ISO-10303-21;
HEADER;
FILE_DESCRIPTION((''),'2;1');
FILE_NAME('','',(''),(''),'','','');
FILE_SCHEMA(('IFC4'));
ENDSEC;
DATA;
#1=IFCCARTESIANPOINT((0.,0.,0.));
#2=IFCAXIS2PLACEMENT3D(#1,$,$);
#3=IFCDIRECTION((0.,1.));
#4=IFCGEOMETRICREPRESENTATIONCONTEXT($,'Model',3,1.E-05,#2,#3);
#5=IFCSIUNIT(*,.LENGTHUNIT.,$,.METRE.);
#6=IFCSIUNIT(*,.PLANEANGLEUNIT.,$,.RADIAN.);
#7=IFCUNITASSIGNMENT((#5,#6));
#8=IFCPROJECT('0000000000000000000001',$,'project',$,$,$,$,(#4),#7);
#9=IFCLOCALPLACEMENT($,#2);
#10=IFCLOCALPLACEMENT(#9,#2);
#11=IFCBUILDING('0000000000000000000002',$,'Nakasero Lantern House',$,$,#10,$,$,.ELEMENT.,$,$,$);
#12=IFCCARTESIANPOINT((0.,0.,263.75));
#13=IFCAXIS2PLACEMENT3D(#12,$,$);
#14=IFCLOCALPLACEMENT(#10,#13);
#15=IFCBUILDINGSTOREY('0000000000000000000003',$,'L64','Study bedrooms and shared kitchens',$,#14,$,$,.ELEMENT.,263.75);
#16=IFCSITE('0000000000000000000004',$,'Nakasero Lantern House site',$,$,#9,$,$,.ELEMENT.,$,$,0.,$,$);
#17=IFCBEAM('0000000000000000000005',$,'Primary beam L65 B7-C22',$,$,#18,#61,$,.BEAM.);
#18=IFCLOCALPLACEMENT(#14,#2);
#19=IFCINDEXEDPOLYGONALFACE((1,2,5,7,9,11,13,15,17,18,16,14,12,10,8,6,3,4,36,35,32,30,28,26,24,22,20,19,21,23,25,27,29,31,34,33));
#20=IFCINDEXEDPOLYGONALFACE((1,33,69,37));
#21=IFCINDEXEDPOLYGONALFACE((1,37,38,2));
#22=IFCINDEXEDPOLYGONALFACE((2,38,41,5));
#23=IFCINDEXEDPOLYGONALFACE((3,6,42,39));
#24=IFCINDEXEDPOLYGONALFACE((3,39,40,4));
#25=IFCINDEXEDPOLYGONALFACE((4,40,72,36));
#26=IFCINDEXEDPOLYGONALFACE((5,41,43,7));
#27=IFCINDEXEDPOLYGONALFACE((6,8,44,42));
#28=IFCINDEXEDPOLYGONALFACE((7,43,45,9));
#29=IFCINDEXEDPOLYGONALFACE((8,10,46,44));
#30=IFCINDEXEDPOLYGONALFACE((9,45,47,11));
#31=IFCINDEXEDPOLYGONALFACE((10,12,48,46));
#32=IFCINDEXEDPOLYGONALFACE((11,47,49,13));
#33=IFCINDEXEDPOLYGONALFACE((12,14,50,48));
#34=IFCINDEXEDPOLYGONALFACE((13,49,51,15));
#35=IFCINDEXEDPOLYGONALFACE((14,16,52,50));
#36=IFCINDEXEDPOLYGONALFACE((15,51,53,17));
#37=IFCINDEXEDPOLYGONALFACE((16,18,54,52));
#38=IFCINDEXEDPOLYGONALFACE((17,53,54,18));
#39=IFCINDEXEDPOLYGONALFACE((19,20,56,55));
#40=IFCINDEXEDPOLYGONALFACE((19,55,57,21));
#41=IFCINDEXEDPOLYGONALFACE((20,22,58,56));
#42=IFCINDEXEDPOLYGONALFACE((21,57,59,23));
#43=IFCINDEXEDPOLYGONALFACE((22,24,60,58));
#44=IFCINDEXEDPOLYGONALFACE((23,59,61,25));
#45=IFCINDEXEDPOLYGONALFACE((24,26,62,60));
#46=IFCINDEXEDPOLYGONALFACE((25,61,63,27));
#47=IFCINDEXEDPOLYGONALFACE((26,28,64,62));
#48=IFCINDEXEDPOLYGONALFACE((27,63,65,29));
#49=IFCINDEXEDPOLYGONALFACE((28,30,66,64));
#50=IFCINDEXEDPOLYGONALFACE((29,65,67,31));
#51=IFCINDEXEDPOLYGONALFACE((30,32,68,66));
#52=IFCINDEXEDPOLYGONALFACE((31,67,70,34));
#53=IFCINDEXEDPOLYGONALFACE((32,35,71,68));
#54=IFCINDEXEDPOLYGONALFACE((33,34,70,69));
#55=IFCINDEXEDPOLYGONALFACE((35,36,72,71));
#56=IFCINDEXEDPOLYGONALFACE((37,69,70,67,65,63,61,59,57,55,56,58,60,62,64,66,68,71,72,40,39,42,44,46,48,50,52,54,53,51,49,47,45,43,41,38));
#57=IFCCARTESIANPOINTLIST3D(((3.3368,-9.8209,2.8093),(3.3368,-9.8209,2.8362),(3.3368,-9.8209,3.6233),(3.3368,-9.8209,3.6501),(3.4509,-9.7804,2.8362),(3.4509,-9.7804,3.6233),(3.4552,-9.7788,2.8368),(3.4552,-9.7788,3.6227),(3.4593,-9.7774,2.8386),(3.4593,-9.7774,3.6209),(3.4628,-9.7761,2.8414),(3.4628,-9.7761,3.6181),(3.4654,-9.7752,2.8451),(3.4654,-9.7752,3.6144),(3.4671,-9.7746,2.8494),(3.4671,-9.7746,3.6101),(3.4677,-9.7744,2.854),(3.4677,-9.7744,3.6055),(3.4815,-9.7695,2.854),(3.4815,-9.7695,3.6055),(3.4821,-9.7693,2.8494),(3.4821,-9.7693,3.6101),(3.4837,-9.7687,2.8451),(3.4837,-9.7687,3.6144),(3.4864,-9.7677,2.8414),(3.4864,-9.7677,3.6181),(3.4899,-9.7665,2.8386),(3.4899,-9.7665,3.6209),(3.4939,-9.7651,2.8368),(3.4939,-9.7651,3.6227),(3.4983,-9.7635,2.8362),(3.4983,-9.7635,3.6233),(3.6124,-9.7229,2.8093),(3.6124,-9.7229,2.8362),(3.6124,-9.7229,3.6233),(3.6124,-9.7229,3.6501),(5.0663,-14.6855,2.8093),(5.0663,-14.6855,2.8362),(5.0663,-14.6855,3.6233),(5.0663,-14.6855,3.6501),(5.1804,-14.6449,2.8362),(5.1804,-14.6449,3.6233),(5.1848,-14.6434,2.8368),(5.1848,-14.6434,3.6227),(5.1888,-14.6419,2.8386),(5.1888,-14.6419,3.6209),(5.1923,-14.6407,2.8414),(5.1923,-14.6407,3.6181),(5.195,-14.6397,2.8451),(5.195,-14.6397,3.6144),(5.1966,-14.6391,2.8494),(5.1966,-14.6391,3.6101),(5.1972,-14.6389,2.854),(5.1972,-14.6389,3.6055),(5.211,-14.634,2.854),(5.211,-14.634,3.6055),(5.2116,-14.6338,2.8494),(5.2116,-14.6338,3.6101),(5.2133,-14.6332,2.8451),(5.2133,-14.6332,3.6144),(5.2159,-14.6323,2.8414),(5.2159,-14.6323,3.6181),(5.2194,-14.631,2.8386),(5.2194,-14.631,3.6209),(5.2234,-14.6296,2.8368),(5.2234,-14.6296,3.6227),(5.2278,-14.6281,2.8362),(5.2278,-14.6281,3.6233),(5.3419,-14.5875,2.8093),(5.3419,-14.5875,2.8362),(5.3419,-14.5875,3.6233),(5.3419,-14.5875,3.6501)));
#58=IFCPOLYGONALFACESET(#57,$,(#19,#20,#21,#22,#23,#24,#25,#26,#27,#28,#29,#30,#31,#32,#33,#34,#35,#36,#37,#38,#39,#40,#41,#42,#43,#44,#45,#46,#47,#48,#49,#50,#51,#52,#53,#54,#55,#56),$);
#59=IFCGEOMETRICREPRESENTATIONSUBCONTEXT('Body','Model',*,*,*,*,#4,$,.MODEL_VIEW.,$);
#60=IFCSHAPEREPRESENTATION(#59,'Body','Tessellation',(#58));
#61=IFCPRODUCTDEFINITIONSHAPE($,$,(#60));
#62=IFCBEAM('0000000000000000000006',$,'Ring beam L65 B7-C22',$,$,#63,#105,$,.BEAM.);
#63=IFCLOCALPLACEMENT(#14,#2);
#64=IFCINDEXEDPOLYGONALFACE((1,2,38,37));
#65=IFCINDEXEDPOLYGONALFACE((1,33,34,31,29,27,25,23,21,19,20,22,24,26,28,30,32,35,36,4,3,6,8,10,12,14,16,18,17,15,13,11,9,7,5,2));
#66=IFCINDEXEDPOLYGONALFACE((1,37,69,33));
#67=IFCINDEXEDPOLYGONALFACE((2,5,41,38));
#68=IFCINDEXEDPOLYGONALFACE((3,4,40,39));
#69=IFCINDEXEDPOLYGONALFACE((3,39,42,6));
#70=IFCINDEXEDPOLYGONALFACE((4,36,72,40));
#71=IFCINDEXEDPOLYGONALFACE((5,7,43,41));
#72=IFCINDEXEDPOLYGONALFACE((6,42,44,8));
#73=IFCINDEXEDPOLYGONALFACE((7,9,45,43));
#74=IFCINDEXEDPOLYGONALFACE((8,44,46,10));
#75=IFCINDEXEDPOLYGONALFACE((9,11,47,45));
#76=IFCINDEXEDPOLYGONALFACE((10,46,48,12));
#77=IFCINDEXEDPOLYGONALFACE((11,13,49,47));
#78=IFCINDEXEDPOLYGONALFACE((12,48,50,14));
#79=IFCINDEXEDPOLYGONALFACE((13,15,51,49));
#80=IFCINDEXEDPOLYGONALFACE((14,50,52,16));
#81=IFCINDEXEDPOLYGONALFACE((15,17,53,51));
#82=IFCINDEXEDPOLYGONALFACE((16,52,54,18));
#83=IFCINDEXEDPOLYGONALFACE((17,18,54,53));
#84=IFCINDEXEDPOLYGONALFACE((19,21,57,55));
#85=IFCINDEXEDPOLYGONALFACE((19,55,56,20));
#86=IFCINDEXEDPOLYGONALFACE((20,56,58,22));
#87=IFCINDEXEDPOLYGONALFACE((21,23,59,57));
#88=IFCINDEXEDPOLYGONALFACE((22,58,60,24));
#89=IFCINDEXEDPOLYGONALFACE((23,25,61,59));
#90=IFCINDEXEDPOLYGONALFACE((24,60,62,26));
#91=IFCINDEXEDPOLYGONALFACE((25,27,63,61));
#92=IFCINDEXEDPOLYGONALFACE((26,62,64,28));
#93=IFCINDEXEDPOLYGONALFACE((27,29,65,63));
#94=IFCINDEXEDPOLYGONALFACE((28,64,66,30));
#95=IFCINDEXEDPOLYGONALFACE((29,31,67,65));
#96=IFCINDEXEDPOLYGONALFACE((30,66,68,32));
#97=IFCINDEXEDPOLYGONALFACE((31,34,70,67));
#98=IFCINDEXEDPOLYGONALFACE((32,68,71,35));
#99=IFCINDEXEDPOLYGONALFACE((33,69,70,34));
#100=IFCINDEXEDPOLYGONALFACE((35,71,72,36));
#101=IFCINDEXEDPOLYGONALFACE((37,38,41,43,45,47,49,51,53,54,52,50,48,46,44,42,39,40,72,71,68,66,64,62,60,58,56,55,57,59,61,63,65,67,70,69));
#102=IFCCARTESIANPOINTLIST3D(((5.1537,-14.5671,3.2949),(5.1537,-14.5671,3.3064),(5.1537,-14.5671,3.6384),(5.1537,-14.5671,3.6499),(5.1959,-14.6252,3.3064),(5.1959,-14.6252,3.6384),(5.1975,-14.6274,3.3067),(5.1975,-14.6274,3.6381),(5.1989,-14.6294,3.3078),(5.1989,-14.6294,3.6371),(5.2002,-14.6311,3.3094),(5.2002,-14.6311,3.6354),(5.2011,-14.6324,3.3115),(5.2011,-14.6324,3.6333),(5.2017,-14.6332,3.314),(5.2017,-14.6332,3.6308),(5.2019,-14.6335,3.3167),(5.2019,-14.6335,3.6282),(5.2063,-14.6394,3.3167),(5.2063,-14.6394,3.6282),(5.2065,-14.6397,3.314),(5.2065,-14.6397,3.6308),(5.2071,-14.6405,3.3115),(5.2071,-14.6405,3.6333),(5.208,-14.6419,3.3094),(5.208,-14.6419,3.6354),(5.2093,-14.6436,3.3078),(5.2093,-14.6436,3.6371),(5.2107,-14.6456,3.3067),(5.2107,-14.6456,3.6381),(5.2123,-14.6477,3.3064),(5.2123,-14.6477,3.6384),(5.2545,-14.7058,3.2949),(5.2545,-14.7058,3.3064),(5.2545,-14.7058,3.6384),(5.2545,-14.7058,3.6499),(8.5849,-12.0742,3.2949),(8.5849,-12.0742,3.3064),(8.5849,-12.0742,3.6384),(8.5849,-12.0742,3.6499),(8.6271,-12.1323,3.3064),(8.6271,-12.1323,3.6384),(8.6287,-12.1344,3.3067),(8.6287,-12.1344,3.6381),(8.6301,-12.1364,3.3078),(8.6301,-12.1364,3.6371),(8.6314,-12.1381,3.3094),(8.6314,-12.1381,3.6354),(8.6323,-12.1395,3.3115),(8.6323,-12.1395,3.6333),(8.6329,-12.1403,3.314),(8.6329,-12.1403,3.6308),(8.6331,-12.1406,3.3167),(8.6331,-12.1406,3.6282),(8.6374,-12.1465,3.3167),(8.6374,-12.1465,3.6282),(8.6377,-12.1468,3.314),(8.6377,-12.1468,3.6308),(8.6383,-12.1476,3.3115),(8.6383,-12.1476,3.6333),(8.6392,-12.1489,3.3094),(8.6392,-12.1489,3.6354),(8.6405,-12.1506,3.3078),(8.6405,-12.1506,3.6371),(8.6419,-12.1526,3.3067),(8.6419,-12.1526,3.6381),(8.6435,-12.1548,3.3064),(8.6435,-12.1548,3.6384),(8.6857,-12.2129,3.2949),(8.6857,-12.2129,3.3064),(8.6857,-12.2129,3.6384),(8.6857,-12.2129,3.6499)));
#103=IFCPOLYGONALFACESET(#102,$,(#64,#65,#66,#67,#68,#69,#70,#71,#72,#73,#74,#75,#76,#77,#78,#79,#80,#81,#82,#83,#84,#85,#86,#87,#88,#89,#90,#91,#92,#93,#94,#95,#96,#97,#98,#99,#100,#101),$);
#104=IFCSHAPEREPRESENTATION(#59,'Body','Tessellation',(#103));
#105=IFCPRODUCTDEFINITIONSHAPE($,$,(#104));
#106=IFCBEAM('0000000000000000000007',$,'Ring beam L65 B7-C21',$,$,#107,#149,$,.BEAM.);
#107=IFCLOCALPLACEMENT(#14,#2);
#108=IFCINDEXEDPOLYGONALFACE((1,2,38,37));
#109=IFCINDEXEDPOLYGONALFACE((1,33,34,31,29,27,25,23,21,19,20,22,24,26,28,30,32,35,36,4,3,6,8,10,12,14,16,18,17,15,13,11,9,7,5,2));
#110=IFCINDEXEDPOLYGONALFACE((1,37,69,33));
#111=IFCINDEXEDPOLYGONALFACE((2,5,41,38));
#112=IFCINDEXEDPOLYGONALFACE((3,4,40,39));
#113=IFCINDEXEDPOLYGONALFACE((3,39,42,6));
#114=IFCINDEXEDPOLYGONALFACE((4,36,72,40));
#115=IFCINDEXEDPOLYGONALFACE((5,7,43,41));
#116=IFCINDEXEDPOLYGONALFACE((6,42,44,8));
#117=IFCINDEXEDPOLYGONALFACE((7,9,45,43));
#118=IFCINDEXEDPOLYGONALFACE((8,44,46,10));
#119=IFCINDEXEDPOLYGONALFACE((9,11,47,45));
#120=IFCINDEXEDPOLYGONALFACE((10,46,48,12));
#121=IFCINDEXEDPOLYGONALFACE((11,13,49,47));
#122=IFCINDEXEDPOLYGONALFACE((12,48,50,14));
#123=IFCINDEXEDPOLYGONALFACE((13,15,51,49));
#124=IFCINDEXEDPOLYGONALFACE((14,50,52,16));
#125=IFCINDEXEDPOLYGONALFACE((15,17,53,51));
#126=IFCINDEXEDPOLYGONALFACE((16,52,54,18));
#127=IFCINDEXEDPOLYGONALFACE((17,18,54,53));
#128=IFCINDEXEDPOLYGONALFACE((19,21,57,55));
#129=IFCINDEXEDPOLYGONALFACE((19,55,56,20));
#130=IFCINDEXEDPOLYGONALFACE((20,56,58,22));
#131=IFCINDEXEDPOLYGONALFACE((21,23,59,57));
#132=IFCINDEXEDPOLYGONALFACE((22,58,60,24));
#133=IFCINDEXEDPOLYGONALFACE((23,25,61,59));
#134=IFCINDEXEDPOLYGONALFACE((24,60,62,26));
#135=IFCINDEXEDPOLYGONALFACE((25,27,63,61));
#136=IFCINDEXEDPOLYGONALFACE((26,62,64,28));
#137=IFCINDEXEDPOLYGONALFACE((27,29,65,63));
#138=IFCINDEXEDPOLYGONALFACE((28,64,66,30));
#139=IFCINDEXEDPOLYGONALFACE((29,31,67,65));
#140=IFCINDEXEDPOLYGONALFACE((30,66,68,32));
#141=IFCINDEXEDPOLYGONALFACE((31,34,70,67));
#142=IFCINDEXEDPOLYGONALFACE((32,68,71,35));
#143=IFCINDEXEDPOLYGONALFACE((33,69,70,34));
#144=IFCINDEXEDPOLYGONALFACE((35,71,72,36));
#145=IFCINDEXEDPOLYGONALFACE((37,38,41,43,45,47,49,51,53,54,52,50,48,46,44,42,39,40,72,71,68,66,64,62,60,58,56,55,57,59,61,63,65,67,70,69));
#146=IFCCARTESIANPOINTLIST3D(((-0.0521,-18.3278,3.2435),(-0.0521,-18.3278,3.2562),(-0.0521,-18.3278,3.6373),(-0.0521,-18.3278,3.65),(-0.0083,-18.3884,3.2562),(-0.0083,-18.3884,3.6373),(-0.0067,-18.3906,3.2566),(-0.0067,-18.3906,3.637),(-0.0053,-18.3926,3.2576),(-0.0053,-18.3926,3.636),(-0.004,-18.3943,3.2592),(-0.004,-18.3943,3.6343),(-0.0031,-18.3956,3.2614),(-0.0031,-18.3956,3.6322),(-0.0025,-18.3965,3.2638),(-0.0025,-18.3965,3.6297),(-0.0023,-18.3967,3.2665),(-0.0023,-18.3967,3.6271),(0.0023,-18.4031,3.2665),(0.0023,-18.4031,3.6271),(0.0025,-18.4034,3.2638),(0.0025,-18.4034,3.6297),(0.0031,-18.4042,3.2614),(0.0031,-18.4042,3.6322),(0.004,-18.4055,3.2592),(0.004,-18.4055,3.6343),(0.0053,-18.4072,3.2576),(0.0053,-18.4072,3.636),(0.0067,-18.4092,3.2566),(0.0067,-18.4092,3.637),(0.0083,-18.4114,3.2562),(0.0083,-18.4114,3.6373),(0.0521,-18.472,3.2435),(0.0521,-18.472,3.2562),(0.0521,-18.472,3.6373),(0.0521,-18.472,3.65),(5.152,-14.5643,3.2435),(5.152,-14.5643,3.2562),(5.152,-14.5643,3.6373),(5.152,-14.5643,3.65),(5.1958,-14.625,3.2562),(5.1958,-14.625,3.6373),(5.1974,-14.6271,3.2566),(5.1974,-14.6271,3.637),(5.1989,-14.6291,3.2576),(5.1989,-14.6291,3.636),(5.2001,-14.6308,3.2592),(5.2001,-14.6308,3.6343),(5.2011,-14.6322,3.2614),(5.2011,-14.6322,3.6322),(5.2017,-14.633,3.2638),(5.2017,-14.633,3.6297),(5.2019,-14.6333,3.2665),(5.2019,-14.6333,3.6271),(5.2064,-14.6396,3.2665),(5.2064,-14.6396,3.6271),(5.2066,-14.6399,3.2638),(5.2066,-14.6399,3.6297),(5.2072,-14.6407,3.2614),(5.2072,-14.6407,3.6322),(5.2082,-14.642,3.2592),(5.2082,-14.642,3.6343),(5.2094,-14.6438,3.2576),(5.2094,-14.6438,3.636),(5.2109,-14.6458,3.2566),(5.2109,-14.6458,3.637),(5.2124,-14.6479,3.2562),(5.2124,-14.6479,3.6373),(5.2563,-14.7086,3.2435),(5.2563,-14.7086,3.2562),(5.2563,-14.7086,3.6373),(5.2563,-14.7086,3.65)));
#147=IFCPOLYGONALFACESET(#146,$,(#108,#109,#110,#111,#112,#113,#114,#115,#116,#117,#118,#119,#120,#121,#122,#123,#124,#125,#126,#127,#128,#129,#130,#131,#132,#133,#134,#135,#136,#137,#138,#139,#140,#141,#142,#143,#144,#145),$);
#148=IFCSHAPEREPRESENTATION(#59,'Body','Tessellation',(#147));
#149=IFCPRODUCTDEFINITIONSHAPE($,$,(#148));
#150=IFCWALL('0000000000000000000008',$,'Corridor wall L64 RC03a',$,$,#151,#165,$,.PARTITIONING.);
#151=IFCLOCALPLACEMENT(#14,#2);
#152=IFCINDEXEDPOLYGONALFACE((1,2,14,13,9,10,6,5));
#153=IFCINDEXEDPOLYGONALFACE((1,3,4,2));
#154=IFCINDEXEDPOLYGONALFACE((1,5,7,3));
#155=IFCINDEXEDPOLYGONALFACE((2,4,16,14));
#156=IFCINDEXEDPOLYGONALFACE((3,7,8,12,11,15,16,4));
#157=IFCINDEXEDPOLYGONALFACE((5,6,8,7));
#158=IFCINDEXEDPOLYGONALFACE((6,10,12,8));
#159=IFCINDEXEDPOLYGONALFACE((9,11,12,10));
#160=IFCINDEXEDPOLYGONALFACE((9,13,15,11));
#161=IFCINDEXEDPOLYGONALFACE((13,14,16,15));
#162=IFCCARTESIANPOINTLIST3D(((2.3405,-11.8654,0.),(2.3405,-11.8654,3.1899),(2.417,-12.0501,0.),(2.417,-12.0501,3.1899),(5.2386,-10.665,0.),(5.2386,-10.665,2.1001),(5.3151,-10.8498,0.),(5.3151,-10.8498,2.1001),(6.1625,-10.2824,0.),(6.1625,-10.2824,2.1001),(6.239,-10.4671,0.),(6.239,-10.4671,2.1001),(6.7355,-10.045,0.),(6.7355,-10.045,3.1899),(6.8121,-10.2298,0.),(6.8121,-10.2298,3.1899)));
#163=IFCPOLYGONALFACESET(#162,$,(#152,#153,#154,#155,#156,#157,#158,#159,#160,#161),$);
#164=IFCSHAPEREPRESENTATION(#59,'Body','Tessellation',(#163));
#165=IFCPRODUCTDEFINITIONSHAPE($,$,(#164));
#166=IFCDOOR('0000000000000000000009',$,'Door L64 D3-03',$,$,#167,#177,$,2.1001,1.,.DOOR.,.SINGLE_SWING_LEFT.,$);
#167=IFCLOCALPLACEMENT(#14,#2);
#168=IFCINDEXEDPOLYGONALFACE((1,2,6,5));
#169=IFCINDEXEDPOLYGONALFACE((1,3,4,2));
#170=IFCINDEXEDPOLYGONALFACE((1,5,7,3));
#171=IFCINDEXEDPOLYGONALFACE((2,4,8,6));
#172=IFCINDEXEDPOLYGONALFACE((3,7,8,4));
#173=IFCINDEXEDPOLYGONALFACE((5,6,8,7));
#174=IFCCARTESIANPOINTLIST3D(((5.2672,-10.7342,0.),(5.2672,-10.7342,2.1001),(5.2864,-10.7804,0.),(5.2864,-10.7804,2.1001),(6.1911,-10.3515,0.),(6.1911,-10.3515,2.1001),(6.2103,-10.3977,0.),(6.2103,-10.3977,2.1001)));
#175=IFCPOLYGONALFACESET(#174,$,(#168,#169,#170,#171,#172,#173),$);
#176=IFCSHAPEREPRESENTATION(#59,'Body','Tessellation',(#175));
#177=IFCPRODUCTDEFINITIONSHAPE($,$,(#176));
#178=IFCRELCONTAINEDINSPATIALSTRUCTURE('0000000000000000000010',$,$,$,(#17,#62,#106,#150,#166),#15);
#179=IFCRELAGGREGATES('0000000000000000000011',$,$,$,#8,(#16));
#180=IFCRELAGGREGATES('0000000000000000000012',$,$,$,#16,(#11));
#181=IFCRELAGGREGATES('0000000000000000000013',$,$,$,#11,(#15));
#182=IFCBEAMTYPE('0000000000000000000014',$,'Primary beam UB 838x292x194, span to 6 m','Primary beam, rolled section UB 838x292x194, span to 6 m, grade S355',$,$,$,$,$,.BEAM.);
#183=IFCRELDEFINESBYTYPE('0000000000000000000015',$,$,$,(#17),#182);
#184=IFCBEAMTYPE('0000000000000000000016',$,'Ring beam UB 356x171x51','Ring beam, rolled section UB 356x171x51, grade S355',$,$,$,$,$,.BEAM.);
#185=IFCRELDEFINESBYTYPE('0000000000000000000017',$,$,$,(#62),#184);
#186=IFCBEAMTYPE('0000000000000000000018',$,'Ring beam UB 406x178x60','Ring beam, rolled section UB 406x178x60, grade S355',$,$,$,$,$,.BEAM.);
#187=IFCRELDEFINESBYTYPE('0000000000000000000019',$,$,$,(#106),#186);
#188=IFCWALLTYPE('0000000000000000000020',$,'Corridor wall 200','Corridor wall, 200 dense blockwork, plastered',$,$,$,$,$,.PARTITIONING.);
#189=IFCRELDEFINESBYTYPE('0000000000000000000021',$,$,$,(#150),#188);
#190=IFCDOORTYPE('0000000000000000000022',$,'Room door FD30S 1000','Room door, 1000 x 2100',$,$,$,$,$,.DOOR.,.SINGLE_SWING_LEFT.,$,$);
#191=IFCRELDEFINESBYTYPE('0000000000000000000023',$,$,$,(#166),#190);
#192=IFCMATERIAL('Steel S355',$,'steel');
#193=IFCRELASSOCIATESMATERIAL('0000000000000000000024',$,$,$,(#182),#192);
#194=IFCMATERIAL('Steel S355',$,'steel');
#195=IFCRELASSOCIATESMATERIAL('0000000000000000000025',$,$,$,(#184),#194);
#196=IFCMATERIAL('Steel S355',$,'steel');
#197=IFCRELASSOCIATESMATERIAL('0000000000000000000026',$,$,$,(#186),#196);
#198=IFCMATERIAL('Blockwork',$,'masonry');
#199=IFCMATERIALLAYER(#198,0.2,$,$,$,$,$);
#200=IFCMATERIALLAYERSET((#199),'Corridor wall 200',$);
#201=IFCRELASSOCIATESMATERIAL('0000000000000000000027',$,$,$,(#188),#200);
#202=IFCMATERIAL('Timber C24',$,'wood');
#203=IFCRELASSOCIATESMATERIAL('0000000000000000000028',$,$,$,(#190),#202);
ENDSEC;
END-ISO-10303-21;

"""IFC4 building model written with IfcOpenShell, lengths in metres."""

from ifc_helpers import new_model, si_unit, direction, frame, frame_2d, origin, origin_2d, place, context, subcontext, project, spatial, rectangle, i_section, extrude, material, layer, layer_set, material_profile, profile_set, type_object, element, fill, save


model = new_model("IFC4")

# Units and contexts
model_context = context("Model", 3, precision=1e-05, world=origin(), true_north=direction((0.0, 1.0)))
body_context = subcontext(model_context, "Body", "Model", "MODEL_VIEW")
ifc_project = project(units=[si_unit("LENGTHUNIT", "METRE"), si_unit("PLANEANGLEUNIT", "RADIAN")], contexts=[model_context])

# Site, building, storey
site_placement = place(None, origin())
site = spatial("IfcSite", under=ifc_project, at=site_placement, Name="Nakasero Lantern House site", CompositionType="ELEMENT", RefElevation=0.0)
building_placement = place(site_placement, origin())
building = spatial("IfcBuilding", under=site, at=building_placement, Name="Nakasero Lantern House", CompositionType="ELEMENT")
storey_placement = place(building_placement, frame((0.0, 0.0, 263.75)))
storey = spatial("IfcBuildingStorey", under=building, at=storey_placement, Name="L64", Description="Study bedrooms and shared kitchens", CompositionType="ELEMENT", Elevation=263.75)

# Beams
ifc_material_1 = material(Name="Steel S355", Category="steel")
ifc_material_profile_1 = material_profile(ifc_material_1, i_section(OverallWidth=0.2925, OverallDepth=0.8408, WebThickness=0.0146, FlangeThickness=0.0269, FilletRadius=0.0178, at=origin_2d()), Name="UB 838x292x194")
ifc_profile_set_1 = profile_set([ifc_material_profile_1], Name="Steel S355")
beam_type_1 = type_object("IfcBeamType", Name="Primary beam UB 838x292x194, span to 6 m", Description="Primary beam, rolled section UB 838x292x194, span to 6 m, grade S355", PredefinedType="BEAM", material=ifc_profile_set_1)
beam_1_placement = place(storey_placement, frame((5.2041, -14.6365, 3.2297), z_axis=(-0.334991, 0.942221, 0.0), x_axis=(-0.942221, -0.334991, 0.0)))
element("IfcBeam", 1, at=beam_1_placement, inside=storey, type_object=beam_type_1, Name="Primary beam L65 B7-C22", PredefinedType="BEAM", context=body_context, shape_type="SweptSolid", body=[
    extrude(i_section(OverallWidth=0.2925, OverallDepth=0.8408, WebThickness=0.0146, FlangeThickness=0.0269, FilletRadius=0.0178, at=origin_2d()), origin(), (0.0, 0.0, 1.0), 5.1628),
])
ifc_material_2 = material(Name="Steel S355", Category="steel")
ifc_material_profile_2 = material_profile(ifc_material_2, i_section(OverallWidth=0.1714, OverallDepth=0.355, WebThickness=0.0073, FlangeThickness=0.0115, FilletRadius=0.0103, at=origin_2d()), Name="UB 356x171x51")
ifc_profile_set_2 = profile_set([ifc_material_profile_2], Name="Steel S355")
beam_type_2 = type_object("IfcBeamType", Name="Ring beam UB 356x171x51", Description="Ring beam, rolled section UB 356x171x51, grade S355", PredefinedType="BEAM", material=ifc_profile_set_2)
beam_2_placement = place(storey_placement, frame((5.2041, -14.6365, 3.4724), z_axis=(0.809012, 0.587792, 0.0), x_axis=(-0.587792, 0.809012, 0.0)))
element("IfcBeam", 2, at=beam_2_placement, inside=storey, type_object=beam_type_2, Name="Ring beam L65 B7-C22", PredefinedType="BEAM", context=body_context, shape_type="SweptSolid", body=[
    extrude(i_section(OverallWidth=0.1714, OverallDepth=0.355, WebThickness=0.0073, FlangeThickness=0.0115, FilletRadius=0.0103, at=origin_2d()), origin(), (0.0, 0.0, 1.0), 4.2412),
])
ifc_material_3 = material(Name="Steel S355", Category="steel")
ifc_material_profile_3 = material_profile(ifc_material_3, i_section(OverallWidth=0.178, OverallDepth=0.4065, WebThickness=0.0078, FlangeThickness=0.0127, FilletRadius=0.0103, at=origin_2d()), Name="UB 406x178x60")
ifc_profile_set_3 = profile_set([ifc_material_profile_3], Name="Steel S355")
beam_type_3 = type_object("IfcBeamType", Name="Ring beam UB 406x178x60", Description="Ring beam, rolled section UB 406x178x60, grade S355", PredefinedType="BEAM", material=ifc_profile_set_3)
beam_3_placement = place(storey_placement, frame((0.0, -18.3999, 3.4468), z_axis=(0.810316, 0.585993, 0.0), x_axis=(-0.585993, 0.810316, 0.0)))
element("IfcBeam", 3, at=beam_3_placement, inside=storey, type_object=beam_type_3, Name="Ring beam L65 B7-C21", PredefinedType="BEAM", context=body_context, shape_type="SweptSolid", body=[
    extrude(i_section(OverallWidth=0.178, OverallDepth=0.4065, WebThickness=0.0078, FlangeThickness=0.0127, FilletRadius=0.0103, at=origin_2d()), origin(), (0.0, 0.0, 1.0), 6.4224),
])

# Wall, opening, door
ifc_material_4 = material(Name="Blockwork", Category="masonry")
ifc_layer_1 = layer(ifc_material_4, 0.2)
ifc_layer_set_1 = layer_set([ifc_layer_1], Name="Corridor wall 200")
wall_type_1 = type_object("IfcWallType", Name="Corridor wall 200", Description="Corridor wall, 200 dense blockwork, plastered", PredefinedType="PARTITIONING", material=ifc_layer_set_1)
wall_1_placement = place(storey_placement, frame((6.7737, -10.1375, 0.0), z_axis=(0.0, 0.0, 1.0), x_axis=(-0.923892, -0.382654, 0.0)))
wall_1 = element("IfcWall", 4, at=wall_1_placement, inside=storey, type_object=wall_type_1, Name="Corridor wall L64 RC03a", PredefinedType="PARTITIONING", context=body_context, shape_type="SweptSolid", body=[
    extrude(rectangle(XDim=4.7571, YDim=0.2, at=frame_2d((2.3784, 0.0))), origin(), (0.0, 0.0, 1.0), 3.1899),
])
opening_1_placement = place(wall_1_placement, frame((0.6201, 0.0, 0.0)))
opening_1 = element("IfcOpeningElement", 5, at=opening_1_placement, cuts=wall_1, PredefinedType="OPENING", context=body_context, shape_type="SweptSolid", body=[
    extrude(rectangle(XDim=1.0, YDim=2.1001, at=frame_2d((0.5, 1.05))), frame((0.0, 0.1199, 0.0), z_axis=(0.0, -1.0, 0.0), x_axis=(1.0, 0.0, 0.0)), (0.0, 0.0, 1.0), 0.24),
])
ifc_material_5 = material(Name="Timber C24", Category="wood")
door_type_1 = type_object("IfcDoorType", Name="Room door FD30S 1000", Description="Room door, 1000 x 2100", OperationType="SINGLE_SWING_LEFT", PredefinedType="DOOR", material=ifc_material_5)
door_1_placement = place(opening_1_placement, origin())
door_1 = element("IfcDoor", 6, at=door_1_placement, inside=storey, type_object=door_type_1, Name="Door L64 D3-03", OperationType="SINGLE_SWING_LEFT", OverallHeight=2.1001, OverallWidth=1.0, PredefinedType="DOOR", context=body_context, shape_type="SweptSolid", body=[
    extrude(rectangle(XDim=1.0, YDim=2.1001, at=frame_2d((0.5, 1.05))), frame((0.0, 0.0249, 0.0), z_axis=(0.0, -1.0, 0.0), x_axis=(1.0, 0.0, 0.0)), (0.0, 0.0, 1.0), 0.05),
])
fill(opening_1, door_1)

save(model, "model.ifc")
